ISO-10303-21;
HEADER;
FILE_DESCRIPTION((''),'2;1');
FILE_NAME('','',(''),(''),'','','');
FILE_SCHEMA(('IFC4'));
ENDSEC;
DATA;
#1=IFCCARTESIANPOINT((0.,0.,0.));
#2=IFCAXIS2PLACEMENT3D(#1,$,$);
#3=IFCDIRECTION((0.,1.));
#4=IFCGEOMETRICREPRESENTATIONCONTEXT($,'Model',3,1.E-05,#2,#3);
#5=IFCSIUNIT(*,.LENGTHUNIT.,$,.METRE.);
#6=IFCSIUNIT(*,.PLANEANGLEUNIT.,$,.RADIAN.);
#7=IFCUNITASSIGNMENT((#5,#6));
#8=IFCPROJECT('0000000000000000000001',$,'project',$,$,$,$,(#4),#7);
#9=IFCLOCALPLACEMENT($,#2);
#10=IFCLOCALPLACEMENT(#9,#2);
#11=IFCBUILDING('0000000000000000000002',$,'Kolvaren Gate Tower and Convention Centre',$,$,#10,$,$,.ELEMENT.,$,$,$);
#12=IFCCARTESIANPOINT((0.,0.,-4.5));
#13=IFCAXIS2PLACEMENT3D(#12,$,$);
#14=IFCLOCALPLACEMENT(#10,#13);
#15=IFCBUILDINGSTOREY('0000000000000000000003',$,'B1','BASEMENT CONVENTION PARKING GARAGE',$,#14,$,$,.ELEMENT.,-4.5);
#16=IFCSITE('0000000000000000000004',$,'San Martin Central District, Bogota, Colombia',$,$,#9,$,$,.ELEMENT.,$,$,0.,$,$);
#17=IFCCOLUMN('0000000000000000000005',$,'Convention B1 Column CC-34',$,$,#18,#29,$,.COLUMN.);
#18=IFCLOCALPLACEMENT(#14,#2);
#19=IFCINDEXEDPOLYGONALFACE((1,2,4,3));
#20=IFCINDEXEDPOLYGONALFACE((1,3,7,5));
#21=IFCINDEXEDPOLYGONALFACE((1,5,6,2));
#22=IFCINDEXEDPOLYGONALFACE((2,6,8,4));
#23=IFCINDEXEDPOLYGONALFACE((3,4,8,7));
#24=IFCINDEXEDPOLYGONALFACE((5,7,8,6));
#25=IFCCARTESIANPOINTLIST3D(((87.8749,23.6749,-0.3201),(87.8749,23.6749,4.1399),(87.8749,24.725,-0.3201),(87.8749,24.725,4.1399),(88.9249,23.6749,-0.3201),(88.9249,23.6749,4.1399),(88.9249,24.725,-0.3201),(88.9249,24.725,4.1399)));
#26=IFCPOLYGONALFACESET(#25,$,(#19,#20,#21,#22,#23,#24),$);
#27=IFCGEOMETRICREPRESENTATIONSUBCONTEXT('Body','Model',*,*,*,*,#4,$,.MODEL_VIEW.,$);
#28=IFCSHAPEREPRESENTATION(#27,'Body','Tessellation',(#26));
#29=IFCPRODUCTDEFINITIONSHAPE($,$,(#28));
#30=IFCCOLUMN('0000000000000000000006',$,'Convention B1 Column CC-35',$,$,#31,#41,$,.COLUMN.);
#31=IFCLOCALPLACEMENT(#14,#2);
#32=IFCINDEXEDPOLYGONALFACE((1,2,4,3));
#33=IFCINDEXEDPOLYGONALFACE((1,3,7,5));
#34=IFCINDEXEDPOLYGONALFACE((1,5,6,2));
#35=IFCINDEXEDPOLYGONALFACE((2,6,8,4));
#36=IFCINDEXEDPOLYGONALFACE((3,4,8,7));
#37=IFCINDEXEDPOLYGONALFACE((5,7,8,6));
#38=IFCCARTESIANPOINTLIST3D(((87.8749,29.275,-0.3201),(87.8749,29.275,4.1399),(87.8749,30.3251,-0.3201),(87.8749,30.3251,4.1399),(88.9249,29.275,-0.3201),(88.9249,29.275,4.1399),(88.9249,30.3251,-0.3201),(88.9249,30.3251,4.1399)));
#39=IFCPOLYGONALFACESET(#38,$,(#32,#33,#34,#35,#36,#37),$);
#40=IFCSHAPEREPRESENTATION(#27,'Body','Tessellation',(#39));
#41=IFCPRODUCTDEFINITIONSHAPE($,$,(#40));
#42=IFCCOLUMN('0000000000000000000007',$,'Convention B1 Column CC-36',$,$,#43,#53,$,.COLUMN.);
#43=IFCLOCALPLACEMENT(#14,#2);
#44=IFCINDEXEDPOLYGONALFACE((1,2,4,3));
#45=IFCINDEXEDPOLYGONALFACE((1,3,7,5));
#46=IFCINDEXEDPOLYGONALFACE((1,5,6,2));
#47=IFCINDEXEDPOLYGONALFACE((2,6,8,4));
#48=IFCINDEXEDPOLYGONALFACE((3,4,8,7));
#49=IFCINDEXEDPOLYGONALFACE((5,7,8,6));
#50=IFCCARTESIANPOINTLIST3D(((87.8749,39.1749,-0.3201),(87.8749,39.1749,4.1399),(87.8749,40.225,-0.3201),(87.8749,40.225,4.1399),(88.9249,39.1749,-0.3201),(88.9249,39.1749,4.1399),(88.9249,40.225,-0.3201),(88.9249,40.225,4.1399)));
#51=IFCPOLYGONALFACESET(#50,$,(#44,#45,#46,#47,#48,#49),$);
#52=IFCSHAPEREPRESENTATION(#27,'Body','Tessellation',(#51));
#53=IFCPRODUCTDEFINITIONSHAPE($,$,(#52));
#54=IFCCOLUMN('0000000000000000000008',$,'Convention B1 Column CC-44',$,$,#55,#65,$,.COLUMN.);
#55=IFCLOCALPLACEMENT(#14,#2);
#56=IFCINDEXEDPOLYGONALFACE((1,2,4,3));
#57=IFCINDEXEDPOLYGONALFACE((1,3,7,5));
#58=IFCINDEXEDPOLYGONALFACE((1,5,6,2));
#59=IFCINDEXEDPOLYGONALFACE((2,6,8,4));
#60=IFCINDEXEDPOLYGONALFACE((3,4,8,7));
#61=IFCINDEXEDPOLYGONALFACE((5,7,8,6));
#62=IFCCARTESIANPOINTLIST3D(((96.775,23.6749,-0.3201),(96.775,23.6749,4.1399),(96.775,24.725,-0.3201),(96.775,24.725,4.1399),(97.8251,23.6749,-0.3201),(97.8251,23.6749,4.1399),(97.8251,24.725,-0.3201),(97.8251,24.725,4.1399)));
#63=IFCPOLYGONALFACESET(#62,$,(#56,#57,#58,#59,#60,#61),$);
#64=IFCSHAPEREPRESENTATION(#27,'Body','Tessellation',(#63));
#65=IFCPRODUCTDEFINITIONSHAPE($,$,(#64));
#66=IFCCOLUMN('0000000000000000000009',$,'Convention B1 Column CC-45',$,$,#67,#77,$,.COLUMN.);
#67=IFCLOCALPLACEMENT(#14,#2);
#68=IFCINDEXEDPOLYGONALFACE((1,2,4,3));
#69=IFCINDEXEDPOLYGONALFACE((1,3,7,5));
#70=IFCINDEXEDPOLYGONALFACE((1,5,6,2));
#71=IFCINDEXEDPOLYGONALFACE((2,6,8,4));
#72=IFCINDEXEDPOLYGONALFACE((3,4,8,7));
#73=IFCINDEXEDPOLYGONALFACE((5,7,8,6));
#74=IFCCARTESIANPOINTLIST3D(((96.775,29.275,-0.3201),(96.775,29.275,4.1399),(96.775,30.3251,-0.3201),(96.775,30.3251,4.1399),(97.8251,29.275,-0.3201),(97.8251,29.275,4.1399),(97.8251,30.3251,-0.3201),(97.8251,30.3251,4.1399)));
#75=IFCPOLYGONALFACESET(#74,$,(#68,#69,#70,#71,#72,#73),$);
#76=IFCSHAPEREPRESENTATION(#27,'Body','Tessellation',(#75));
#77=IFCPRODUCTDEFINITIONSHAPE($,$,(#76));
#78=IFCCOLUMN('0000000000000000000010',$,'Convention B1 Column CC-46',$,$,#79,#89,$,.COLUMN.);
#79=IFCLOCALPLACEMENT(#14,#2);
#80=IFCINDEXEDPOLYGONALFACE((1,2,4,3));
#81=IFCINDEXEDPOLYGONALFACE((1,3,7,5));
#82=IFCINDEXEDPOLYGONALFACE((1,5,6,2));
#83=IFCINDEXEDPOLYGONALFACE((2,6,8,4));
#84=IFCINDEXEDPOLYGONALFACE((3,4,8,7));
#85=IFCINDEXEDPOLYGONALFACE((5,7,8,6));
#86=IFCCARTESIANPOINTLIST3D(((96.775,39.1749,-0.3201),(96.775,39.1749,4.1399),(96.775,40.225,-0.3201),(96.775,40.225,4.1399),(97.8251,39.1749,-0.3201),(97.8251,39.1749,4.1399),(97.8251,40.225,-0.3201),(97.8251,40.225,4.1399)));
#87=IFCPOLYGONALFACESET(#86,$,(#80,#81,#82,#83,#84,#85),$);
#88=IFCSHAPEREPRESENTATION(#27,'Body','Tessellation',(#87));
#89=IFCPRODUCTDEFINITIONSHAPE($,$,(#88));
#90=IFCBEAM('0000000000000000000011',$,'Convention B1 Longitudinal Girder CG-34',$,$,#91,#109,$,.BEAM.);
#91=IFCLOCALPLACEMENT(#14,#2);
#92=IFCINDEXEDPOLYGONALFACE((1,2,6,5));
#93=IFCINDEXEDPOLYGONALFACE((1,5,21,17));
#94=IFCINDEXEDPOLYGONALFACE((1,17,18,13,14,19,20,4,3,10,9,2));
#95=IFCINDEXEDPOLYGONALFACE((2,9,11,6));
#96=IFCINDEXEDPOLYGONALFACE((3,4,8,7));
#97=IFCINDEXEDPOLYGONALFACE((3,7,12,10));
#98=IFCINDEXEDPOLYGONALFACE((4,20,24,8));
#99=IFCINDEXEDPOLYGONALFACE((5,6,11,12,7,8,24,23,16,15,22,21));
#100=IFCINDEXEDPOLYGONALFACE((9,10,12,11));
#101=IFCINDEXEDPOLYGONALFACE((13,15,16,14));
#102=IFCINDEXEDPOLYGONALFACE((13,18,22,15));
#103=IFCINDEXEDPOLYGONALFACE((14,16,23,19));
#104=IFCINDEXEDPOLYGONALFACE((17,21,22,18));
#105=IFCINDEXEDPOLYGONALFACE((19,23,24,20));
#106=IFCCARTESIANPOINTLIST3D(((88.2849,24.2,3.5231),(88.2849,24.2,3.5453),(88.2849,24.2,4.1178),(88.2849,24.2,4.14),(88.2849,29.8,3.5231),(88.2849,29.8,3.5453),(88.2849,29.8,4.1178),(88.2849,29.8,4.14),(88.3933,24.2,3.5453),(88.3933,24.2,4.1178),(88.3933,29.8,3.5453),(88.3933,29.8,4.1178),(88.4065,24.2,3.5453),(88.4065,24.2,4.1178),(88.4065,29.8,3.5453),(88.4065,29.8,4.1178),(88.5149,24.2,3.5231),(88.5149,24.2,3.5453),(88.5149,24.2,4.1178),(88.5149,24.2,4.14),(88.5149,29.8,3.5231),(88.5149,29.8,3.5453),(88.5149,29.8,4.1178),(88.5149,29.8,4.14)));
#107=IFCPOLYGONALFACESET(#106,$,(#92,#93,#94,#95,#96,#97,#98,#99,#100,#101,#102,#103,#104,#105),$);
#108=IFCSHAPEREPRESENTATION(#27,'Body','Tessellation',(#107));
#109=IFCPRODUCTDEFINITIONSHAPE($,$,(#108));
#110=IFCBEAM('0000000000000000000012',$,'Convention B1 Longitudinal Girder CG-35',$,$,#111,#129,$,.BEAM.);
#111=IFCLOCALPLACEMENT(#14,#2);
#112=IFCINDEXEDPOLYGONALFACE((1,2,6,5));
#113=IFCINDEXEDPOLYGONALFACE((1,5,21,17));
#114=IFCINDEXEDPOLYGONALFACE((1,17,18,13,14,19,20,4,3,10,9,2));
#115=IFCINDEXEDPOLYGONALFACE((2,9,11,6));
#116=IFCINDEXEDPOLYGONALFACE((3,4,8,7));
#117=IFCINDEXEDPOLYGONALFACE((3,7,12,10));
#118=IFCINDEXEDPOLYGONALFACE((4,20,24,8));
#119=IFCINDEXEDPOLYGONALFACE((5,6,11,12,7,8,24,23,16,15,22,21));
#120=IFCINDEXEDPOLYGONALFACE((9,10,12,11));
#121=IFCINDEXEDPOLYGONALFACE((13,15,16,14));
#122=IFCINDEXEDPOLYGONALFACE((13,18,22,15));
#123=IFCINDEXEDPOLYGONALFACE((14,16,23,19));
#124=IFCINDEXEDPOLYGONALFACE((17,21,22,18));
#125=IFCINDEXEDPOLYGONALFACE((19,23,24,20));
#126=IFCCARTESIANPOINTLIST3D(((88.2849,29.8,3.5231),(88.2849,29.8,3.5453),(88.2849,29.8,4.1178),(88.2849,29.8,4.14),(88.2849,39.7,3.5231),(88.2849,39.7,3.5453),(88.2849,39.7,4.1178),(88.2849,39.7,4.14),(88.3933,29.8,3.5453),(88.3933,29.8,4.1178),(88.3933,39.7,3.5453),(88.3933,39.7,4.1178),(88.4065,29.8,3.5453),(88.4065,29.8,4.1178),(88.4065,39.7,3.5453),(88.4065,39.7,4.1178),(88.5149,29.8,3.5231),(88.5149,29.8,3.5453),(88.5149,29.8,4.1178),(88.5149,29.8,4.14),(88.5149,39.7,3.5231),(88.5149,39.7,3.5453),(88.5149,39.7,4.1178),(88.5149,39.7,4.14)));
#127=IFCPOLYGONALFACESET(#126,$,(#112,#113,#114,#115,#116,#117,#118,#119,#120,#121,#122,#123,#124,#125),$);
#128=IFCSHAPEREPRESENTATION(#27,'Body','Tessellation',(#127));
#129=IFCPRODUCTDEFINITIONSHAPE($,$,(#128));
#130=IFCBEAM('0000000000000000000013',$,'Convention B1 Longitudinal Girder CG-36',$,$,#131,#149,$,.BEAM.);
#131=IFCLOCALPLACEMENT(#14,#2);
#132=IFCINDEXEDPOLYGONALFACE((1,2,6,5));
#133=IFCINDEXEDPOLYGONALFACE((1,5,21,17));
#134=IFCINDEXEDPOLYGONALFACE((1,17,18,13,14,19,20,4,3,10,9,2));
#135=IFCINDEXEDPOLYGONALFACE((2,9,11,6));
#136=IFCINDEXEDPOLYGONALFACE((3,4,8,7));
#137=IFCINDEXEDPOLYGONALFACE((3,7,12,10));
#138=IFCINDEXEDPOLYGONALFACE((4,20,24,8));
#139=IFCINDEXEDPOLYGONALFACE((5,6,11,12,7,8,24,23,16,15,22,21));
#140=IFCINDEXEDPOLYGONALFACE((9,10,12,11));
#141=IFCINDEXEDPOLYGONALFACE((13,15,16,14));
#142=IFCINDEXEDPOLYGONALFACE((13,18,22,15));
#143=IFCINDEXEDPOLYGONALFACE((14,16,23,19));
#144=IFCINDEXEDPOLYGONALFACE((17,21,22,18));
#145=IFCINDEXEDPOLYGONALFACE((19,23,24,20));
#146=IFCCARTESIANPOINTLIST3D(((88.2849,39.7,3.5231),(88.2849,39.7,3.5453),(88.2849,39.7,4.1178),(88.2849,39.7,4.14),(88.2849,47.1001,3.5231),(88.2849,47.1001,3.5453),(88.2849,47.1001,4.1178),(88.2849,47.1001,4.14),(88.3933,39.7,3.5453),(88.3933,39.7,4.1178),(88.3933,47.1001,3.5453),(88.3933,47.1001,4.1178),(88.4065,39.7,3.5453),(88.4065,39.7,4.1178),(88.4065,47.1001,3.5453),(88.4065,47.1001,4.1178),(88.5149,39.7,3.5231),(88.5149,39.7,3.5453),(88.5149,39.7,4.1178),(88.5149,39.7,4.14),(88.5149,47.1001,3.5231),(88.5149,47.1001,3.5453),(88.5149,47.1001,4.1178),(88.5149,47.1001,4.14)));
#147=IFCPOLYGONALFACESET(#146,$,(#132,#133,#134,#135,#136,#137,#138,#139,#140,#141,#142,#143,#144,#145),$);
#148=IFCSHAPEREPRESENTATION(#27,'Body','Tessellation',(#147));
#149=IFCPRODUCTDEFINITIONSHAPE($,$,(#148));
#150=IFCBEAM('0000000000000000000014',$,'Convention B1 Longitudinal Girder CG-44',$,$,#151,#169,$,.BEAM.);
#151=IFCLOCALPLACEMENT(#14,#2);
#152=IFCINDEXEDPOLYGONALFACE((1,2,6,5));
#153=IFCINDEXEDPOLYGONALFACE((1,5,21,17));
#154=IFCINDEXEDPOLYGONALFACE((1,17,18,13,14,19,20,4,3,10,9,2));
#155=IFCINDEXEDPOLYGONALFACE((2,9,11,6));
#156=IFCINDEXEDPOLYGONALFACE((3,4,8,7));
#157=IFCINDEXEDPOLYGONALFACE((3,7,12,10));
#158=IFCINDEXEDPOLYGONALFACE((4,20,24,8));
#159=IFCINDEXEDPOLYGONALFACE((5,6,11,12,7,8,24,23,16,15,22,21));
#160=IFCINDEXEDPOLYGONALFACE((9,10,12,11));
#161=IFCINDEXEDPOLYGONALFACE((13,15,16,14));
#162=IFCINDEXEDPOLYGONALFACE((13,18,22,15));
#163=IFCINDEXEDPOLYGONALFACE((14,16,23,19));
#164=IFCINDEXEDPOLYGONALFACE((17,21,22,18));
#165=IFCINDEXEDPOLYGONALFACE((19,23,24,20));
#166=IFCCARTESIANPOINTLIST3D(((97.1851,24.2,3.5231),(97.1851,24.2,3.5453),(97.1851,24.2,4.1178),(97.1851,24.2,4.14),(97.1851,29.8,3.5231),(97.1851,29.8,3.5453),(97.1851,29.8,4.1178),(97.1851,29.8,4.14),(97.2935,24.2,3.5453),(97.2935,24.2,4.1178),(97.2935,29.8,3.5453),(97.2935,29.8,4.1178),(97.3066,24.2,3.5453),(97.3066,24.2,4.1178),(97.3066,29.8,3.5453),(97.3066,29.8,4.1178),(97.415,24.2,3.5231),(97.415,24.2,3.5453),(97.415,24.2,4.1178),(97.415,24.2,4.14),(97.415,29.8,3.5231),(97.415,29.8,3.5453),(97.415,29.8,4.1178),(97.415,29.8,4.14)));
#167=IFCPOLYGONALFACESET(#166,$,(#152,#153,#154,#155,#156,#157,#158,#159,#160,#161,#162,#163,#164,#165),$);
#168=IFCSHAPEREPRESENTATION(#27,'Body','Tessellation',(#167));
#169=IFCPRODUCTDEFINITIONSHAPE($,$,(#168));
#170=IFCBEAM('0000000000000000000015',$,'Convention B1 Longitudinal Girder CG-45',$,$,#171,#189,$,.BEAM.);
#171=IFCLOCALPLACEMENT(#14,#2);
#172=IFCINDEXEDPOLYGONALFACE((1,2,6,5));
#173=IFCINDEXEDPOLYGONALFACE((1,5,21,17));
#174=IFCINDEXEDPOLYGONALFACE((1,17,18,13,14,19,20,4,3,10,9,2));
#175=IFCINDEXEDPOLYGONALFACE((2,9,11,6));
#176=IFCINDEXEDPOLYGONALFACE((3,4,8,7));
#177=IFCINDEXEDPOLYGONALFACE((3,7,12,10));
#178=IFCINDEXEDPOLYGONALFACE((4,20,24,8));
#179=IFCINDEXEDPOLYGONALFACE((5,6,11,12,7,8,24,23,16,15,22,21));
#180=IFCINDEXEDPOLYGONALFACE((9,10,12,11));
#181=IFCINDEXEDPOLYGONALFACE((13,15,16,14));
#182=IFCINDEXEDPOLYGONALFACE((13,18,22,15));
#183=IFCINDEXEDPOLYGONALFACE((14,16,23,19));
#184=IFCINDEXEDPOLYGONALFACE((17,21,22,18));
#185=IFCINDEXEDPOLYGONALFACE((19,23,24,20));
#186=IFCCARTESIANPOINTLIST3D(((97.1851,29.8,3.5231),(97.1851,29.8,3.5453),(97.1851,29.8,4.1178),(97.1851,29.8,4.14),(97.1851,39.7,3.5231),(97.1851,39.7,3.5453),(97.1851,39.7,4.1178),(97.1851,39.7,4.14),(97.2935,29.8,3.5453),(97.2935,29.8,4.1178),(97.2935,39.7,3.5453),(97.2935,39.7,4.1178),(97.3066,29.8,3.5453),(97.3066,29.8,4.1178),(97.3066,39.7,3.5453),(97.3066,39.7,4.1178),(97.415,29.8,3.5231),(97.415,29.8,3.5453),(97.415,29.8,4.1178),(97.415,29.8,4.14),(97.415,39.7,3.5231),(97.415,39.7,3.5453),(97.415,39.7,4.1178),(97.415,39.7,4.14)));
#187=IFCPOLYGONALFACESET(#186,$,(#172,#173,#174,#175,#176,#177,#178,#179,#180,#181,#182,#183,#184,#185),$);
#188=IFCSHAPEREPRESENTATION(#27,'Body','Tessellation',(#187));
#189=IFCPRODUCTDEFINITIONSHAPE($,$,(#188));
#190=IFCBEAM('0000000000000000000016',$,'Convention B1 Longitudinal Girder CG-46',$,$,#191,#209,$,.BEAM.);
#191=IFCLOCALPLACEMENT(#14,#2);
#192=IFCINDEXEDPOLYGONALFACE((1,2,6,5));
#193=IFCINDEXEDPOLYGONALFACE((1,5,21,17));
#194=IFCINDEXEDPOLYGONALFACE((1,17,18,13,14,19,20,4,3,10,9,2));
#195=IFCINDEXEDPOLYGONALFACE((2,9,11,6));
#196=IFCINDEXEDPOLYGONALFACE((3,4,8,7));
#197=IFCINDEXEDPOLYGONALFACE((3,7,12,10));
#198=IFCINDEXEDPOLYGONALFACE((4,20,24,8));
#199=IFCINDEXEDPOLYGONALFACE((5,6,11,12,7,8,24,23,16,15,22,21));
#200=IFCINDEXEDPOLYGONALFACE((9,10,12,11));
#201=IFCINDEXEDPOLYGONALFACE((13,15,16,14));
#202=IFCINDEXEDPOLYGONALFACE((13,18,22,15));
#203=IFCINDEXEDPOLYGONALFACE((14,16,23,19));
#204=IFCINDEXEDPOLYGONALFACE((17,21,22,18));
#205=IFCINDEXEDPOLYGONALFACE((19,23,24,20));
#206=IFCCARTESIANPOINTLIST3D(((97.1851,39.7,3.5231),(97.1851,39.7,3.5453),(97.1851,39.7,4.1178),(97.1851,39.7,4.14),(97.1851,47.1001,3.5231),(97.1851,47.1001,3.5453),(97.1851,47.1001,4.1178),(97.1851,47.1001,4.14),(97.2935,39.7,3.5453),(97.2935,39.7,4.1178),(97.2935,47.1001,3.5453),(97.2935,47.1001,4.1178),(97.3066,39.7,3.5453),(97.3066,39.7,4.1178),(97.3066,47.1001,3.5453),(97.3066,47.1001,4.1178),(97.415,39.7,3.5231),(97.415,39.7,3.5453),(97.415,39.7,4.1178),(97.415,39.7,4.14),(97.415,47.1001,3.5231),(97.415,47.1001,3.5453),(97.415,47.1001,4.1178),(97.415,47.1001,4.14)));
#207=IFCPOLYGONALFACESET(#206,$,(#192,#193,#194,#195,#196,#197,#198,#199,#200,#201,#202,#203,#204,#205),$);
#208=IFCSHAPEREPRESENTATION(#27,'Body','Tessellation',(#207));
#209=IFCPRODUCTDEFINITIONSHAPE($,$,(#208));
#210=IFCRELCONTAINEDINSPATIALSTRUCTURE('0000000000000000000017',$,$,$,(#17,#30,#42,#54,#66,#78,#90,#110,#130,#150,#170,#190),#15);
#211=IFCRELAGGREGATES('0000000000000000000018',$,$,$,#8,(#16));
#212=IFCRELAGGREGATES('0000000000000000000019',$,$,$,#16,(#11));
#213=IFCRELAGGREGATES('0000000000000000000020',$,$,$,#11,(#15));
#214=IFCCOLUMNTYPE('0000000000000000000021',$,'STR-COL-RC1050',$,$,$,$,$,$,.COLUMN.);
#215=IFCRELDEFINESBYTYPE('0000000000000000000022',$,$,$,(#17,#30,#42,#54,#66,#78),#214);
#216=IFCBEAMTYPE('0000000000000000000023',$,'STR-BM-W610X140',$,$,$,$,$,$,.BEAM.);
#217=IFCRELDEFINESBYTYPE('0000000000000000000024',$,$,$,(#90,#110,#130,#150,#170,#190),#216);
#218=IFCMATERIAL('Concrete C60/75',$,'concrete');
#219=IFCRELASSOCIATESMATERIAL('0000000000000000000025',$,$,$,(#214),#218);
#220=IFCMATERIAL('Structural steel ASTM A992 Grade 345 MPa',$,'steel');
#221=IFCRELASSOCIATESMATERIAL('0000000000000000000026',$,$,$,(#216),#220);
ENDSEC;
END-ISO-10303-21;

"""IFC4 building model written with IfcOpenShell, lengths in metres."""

from ifc_helpers import new_model, si_unit, direction, frame, origin, origin_2d, place, context, subcontext, project, spatial, rectangle, i_section, extrude, material, material_profile, profile_set, type_object, element, save


model = new_model("IFC4")

# Units and contexts
model_context = context("Model", 3, precision=1e-05, world=origin(), true_north=direction((0.0, 1.0)))
body_context = subcontext(model_context, "Body", "Model", "MODEL_VIEW")
ifc_project = project(units=[si_unit("LENGTHUNIT", "METRE"), si_unit("PLANEANGLEUNIT", "RADIAN")], contexts=[model_context])

# Site, building, storey
site_placement = place(None, origin())
site = spatial("IfcSite", under=ifc_project, at=site_placement, Name="San Martin Central District, Bogota, Colombia", CompositionType="ELEMENT", RefElevation=0.0)
building_placement = place(site_placement, origin())
building = spatial("IfcBuilding", under=site, at=building_placement, Name="Kolvaren Gate Tower and Convention Centre", CompositionType="ELEMENT")
storey_placement = place(building_placement, frame((0.0, 0.0, -4.5)))
storey = spatial("IfcBuildingStorey", under=building, at=storey_placement, Name="B1", Description="BASEMENT CONVENTION PARKING GARAGE", CompositionType="ELEMENT", Elevation=-4.5)

# Columns
ifc_material_1 = material(Name="Concrete C60/75", Category="concrete")
ifc_material_profile_1 = material_profile(ifc_material_1, rectangle(XDim=1.05, YDim=1.05, at=origin_2d()), Name="RC-COL-1050X1050")
ifc_profile_set_1 = profile_set([ifc_material_profile_1], Name="Concrete C60/75")
column_type = type_object("IfcColumnType", Name="STR-COL-RC1050", PredefinedType="COLUMN", material=ifc_profile_set_1)
for number, where, z_axis, x_axis, name in (
    (1, (88.3999, 24.2, -0.3201), (0.0, 0.0, 1.0), (1.0, 0.0, 0.0), "Convention B1 Column CC-34"),
    (2, (88.3999, 29.8, -0.3201), (0.0, 0.0, 1.0), (1.0, 0.0, 0.0), "Convention B1 Column CC-35"),
    (3, (88.3999, 39.7, -0.3201), (0.0, 0.0, 1.0), (1.0, 0.0, 0.0), "Convention B1 Column CC-36"),
    (4, (97.3, 24.2, -0.3201), (0.0, 0.0, 1.0), (1.0, 0.0, 0.0), "Convention B1 Column CC-44"),
    (5, (97.3, 29.8, -0.3201), (0.0, 0.0, 1.0), (1.0, 0.0, 0.0), "Convention B1 Column CC-45"),
    (6, (97.3, 39.7, -0.3201), (0.0, 0.0, 1.0), (1.0, 0.0, 0.0), "Convention B1 Column CC-46"),
):
    element("IfcColumn", number, at=place(storey_placement, frame(where, z_axis=z_axis, x_axis=x_axis)), inside=storey, type_object=column_type, Name=name, PredefinedType="COLUMN", context=body_context, shape_type="SweptSolid", body=[
        extrude(rectangle(XDim=1.05, YDim=1.05, at=origin_2d()), origin(), (0.0, 0.0, 1.0), 4.46),
    ])

# Beams
ifc_material_2 = material(Name="Structural steel ASTM A992 Grade 345 MPa", Category="steel")
ifc_material_profile_2 = material_profile(ifc_material_2, i_section(OverallWidth=0.23, OverallDepth=0.6169, WebThickness=0.0132, FlangeThickness=0.0222, at=origin_2d()), Name="W610X140")
ifc_profile_set_2 = profile_set([ifc_material_profile_2], Name="Structural steel ASTM A992 Grade 345 MPa")
beam_type_1 = type_object("IfcBeamType", Name="STR-BM-W610X140", PredefinedType="BEAM", material=ifc_profile_set_2)
beam_1_placement = place(storey_placement, frame((88.3999, 24.2, 3.8315), z_axis=(0.0, 1.0, 0.0), x_axis=(-1.0, 0.0, 0.0)))
element("IfcBeam", 7, at=beam_1_placement, inside=storey, type_object=beam_type_1, Name="Convention B1 Longitudinal Girder CG-34", PredefinedType="BEAM", context=body_context, shape_type="SweptSolid", body=[
    extrude(i_section(OverallWidth=0.23, OverallDepth=0.6169, WebThickness=0.0132, FlangeThickness=0.0222, at=origin_2d()), origin(), (0.0, 0.0, 1.0), 5.6001),
])
beam_2_placement = place(storey_placement, frame((88.3999, 29.8, 3.8315), z_axis=(0.0, 1.0, 0.0), x_axis=(-1.0, 0.0, 0.0)))
element("IfcBeam", 8, at=beam_2_placement, inside=storey, type_object=beam_type_1, Name="Convention B1 Longitudinal Girder CG-35", PredefinedType="BEAM", context=body_context, shape_type="SweptSolid", body=[
    extrude(i_section(OverallWidth=0.23, OverallDepth=0.6169, WebThickness=0.0132, FlangeThickness=0.0222, at=origin_2d()), origin(), (0.0, 0.0, 1.0), 9.8999),
])
beam_3_placement = place(storey_placement, frame((88.3999, 39.7, 3.8315), z_axis=(0.0, 1.0, 0.0), x_axis=(-1.0, 0.0, 0.0)))
element("IfcBeam", 9, at=beam_3_placement, inside=storey, type_object=beam_type_1, Name="Convention B1 Longitudinal Girder CG-36", PredefinedType="BEAM", context=body_context, shape_type="SweptSolid", body=[
    extrude(i_section(OverallWidth=0.23, OverallDepth=0.6169, WebThickness=0.0132, FlangeThickness=0.0222, at=origin_2d()), origin(), (0.0, 0.0, 1.0), 7.4001),
])
beam_4_placement = place(storey_placement, frame((97.3, 24.2, 3.8315), z_axis=(0.0, 1.0, 0.0), x_axis=(-1.0, 0.0, 0.0)))
element("IfcBeam", 10, at=beam_4_placement, inside=storey, type_object=beam_type_1, Name="Convention B1 Longitudinal Girder CG-44", PredefinedType="BEAM", context=body_context, shape_type="SweptSolid", body=[
    extrude(i_section(OverallWidth=0.23, OverallDepth=0.6169, WebThickness=0.0132, FlangeThickness=0.0222, at=origin_2d()), origin(), (0.0, 0.0, 1.0), 5.6001),
])
beam_5_placement = place(storey_placement, frame((97.3, 29.8, 3.8315), z_axis=(0.0, 1.0, 0.0), x_axis=(-1.0, 0.0, 0.0)))
element("IfcBeam", 11, at=beam_5_placement, inside=storey, type_object=beam_type_1, Name="Convention B1 Longitudinal Girder CG-45", PredefinedType="BEAM", context=body_context, shape_type="SweptSolid", body=[
    extrude(i_section(OverallWidth=0.23, OverallDepth=0.6169, WebThickness=0.0132, FlangeThickness=0.0222, at=origin_2d()), origin(), (0.0, 0.0, 1.0), 9.8999),
])
beam_6_placement = place(storey_placement, frame((97.3, 39.7, 3.8315), z_axis=(0.0, 1.0, 0.0), x_axis=(-1.0, 0.0, 0.0)))
element("IfcBeam", 12, at=beam_6_placement, inside=storey, type_object=beam_type_1, Name="Convention B1 Longitudinal Girder CG-46", PredefinedType="BEAM", context=body_context, shape_type="SweptSolid", body=[
    extrude(i_section(OverallWidth=0.23, OverallDepth=0.6169, WebThickness=0.0132, FlangeThickness=0.0222, at=origin_2d()), origin(), (0.0, 0.0, 1.0), 7.4001),
])

save(model, "model.ifc")
